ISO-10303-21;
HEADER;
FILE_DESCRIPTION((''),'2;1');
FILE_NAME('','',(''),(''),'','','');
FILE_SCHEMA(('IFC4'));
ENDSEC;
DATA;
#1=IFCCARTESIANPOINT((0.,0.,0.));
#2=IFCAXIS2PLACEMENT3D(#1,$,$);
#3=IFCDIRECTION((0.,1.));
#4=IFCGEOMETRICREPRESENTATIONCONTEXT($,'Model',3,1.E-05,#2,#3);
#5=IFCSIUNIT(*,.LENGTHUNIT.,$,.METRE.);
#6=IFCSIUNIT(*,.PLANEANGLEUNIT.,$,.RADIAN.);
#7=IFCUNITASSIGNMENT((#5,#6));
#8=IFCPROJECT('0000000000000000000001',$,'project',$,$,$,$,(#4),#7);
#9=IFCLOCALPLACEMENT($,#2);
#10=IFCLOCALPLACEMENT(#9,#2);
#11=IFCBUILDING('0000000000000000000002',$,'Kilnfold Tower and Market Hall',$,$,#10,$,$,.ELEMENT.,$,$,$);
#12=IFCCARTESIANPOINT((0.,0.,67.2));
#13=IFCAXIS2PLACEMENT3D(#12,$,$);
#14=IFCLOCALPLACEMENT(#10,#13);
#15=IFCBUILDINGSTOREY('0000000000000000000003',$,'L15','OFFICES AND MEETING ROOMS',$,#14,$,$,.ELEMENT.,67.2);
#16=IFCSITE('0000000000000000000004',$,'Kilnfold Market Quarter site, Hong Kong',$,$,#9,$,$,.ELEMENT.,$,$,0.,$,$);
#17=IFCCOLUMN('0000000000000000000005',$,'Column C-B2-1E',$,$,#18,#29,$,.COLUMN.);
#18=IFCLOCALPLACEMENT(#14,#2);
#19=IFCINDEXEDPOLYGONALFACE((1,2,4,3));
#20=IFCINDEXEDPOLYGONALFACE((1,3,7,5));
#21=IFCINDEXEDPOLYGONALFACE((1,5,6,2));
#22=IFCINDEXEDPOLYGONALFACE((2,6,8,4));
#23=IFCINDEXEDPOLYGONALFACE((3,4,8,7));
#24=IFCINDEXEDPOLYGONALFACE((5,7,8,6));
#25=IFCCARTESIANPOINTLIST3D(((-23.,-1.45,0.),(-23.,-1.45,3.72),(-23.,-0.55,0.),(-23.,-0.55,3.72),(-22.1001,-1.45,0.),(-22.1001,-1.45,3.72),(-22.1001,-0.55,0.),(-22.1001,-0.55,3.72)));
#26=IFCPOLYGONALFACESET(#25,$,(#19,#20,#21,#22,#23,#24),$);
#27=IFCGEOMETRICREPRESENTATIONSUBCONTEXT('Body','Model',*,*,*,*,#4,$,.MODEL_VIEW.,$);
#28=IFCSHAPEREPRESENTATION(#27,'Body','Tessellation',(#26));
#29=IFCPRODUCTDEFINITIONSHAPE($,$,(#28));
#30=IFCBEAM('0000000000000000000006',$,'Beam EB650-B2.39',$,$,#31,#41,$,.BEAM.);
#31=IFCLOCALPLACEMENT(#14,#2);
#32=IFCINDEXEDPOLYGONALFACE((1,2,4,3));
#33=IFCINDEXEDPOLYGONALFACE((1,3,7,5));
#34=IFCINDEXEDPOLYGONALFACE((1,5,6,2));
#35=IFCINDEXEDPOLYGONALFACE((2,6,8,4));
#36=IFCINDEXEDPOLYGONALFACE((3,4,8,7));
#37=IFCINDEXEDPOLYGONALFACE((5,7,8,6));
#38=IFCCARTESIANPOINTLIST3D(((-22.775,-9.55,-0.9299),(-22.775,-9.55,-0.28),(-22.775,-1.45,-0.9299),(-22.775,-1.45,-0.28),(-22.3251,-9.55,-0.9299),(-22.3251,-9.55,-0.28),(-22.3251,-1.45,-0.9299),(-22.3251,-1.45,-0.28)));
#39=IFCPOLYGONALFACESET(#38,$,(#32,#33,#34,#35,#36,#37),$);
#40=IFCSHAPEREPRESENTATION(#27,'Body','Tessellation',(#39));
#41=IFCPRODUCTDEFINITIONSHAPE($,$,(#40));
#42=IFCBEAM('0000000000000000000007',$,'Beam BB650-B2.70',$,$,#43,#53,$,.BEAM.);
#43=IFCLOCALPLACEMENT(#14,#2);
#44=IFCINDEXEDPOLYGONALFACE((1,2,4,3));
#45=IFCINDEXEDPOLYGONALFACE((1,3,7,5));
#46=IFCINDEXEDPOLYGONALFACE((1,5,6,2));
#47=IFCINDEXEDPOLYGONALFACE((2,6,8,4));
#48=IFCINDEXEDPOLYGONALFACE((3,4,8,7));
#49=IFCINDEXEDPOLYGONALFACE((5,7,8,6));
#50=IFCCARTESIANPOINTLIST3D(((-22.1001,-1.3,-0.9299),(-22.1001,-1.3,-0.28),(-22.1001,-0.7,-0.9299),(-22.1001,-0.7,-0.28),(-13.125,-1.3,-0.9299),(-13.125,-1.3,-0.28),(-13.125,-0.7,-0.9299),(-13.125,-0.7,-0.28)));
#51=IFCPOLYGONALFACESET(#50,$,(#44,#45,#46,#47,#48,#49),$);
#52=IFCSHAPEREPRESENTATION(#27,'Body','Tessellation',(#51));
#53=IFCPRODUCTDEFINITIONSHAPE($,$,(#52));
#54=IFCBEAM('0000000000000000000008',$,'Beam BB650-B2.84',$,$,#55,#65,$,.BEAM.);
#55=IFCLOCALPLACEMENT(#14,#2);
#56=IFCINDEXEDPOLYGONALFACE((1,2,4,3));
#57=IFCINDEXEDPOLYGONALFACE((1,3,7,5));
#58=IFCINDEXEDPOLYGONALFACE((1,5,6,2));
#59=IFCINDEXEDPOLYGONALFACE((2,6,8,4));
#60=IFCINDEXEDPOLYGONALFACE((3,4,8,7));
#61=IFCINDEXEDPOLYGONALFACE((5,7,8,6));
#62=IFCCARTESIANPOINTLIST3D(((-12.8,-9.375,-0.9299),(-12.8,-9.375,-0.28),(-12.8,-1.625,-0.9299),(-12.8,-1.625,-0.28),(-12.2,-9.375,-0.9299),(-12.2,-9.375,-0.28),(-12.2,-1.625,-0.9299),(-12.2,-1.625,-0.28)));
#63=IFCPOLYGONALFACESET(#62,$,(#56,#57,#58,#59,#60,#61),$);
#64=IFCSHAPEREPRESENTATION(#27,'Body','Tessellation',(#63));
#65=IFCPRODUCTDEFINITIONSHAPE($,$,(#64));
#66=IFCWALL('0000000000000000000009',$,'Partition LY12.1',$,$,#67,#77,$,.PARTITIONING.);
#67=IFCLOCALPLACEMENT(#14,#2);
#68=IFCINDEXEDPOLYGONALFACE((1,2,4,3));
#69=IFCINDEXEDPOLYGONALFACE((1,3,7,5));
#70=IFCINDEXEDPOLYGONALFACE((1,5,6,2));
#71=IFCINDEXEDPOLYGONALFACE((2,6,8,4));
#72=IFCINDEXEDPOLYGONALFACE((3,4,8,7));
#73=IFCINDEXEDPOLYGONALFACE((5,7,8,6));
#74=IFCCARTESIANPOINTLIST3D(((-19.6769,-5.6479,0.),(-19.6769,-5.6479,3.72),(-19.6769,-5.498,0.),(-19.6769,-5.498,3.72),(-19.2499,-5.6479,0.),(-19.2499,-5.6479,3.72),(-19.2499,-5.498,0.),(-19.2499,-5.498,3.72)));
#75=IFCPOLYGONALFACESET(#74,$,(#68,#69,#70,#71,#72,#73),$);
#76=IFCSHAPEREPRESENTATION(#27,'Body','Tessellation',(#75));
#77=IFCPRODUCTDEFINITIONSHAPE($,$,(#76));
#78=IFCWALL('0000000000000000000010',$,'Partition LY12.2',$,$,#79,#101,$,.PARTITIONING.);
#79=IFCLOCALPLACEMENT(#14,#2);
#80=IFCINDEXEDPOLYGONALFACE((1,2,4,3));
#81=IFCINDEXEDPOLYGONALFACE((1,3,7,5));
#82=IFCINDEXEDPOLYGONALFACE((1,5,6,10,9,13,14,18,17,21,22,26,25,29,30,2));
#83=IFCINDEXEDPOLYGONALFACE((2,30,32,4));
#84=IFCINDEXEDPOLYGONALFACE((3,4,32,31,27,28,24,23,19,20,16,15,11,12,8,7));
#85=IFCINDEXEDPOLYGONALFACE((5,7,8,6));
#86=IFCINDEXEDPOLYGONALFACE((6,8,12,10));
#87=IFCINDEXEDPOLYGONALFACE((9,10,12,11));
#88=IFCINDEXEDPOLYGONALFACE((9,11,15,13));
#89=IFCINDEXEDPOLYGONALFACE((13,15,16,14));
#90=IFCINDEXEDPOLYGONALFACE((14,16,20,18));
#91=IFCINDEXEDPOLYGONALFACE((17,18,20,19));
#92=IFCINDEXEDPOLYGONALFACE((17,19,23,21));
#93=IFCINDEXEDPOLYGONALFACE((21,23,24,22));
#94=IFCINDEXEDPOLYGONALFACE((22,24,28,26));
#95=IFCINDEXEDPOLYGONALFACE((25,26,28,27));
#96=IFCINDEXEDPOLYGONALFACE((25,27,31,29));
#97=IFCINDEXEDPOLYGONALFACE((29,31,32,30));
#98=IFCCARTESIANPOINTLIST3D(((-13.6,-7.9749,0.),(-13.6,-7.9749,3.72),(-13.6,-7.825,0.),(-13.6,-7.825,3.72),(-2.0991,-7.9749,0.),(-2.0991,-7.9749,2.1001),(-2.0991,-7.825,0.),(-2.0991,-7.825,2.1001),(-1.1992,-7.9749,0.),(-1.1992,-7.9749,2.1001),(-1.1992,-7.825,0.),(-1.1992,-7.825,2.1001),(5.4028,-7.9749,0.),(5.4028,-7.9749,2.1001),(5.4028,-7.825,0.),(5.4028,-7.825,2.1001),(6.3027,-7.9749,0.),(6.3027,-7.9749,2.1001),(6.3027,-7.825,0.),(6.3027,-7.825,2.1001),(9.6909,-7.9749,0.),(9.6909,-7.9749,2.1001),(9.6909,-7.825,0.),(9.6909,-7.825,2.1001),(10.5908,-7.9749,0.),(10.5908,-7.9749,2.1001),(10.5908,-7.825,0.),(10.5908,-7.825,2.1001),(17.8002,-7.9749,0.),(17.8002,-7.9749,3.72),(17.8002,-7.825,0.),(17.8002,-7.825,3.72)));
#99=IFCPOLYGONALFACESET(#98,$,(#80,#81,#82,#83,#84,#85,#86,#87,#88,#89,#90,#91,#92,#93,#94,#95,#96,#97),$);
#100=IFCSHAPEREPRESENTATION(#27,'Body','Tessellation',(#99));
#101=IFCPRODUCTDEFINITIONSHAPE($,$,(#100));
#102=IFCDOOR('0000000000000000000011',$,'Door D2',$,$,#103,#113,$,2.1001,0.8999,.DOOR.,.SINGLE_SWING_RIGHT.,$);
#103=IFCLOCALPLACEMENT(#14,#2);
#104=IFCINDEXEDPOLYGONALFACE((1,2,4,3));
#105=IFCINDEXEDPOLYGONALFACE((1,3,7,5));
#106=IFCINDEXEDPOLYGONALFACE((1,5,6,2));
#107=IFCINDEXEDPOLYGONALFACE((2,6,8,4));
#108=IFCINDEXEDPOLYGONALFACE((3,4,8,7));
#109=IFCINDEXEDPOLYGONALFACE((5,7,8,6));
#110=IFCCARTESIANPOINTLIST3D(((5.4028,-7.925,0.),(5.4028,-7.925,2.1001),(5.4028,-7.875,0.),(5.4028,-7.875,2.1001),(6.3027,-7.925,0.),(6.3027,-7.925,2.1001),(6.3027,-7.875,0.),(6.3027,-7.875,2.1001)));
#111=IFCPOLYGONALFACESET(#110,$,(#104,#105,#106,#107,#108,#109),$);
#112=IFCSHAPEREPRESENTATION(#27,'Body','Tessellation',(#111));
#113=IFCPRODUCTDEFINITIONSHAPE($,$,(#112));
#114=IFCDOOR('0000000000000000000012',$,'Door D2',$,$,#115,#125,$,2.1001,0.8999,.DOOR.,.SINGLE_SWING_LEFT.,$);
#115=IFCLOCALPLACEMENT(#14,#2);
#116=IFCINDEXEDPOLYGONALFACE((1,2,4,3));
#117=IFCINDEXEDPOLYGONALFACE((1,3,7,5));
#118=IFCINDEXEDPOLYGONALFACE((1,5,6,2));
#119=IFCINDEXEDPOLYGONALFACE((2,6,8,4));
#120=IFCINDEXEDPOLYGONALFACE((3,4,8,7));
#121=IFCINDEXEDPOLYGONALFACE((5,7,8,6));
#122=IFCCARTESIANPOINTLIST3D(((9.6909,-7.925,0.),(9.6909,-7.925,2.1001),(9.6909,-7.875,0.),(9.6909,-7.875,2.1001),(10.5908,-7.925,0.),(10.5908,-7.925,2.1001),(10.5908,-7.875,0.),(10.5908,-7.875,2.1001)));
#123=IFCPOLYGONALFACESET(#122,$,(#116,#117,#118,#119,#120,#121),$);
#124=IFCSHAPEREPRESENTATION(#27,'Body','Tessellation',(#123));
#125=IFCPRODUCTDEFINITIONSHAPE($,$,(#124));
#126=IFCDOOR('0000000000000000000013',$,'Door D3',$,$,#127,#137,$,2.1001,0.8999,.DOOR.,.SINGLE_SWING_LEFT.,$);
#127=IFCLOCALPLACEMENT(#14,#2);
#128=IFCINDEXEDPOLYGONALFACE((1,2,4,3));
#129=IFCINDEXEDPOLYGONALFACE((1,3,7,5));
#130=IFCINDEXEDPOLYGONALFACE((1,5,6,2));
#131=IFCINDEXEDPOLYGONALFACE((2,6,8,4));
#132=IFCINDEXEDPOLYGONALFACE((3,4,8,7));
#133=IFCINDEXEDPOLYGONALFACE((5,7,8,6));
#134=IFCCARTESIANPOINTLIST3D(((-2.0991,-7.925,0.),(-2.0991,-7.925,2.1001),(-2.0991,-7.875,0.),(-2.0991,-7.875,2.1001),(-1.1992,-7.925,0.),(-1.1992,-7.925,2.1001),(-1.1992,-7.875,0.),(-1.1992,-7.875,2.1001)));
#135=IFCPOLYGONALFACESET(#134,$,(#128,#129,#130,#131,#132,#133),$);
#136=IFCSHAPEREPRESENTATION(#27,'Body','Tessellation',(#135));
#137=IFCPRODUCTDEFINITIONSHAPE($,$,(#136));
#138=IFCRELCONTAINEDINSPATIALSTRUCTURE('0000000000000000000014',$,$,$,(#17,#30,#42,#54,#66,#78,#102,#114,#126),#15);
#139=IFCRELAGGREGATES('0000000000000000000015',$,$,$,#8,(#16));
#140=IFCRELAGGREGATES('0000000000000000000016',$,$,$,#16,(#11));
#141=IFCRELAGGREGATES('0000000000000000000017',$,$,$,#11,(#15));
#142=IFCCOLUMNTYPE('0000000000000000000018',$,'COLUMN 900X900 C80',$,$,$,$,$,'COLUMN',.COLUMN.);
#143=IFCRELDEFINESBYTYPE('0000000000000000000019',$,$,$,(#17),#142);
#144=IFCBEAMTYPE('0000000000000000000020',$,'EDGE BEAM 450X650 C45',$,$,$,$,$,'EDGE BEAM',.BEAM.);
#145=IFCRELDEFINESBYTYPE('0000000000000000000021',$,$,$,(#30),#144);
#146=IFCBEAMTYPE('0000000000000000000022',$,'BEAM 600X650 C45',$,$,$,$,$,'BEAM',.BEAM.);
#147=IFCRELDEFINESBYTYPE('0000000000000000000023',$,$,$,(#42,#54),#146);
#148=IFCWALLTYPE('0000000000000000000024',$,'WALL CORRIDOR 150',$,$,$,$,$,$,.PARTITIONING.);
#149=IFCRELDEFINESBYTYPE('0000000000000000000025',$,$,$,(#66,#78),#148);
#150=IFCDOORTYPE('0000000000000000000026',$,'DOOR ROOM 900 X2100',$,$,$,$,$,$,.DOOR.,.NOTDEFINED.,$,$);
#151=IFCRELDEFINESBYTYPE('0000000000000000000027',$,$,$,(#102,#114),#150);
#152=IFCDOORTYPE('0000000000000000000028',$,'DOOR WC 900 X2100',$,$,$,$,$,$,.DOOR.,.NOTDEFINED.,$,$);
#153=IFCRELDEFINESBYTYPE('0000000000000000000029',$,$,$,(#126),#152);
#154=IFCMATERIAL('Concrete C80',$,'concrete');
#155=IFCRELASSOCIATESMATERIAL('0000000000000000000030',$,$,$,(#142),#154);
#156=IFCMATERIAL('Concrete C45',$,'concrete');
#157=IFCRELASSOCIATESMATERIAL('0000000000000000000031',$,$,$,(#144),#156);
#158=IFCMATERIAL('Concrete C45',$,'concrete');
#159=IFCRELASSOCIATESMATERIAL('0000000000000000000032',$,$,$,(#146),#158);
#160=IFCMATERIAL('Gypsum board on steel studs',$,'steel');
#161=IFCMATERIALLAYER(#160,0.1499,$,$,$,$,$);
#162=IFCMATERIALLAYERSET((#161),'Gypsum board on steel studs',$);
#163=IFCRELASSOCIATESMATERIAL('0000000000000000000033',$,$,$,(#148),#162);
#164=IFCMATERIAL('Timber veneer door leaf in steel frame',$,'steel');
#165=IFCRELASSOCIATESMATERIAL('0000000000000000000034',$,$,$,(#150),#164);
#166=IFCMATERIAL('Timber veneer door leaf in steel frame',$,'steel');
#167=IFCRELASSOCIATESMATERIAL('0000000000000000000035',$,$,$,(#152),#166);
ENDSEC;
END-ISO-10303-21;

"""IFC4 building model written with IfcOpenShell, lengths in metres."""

from ifc_helpers import new_model, si_unit, direction, frame, frame_2d, origin, origin_2d, place, context, subcontext, project, spatial, rectangle, extrude, source, transform, mapped, material, layer, layer_set, material_profile, profile_set, type_object, element, fill, save


model = new_model("IFC4")

# Units and contexts
model_context = context("Model", 3, precision=1e-05, world=origin(), true_north=direction((0.0, 1.0)))
body_context = subcontext(model_context, "Body", "Model", "MODEL_VIEW")
ifc_project = project(units=[si_unit("LENGTHUNIT", "METRE"), si_unit("PLANEANGLEUNIT", "RADIAN")], contexts=[model_context])

# Site, building, storey
site_placement = place(None, origin())
site = spatial("IfcSite", under=ifc_project, at=site_placement, Name="Kilnfold Market Quarter site, Hong Kong", CompositionType="ELEMENT", RefElevation=0.0)
building_placement = place(site_placement, origin())
building = spatial("IfcBuilding", under=site, at=building_placement, Name="Kilnfold Tower and Market Hall", CompositionType="ELEMENT")
storey_placement = place(building_placement, frame((0.0, 0.0, 67.2)))
storey = spatial("IfcBuildingStorey", under=building, at=storey_placement, Name="L15", Description="OFFICES AND MEETING ROOMS", CompositionType="ELEMENT", Elevation=67.2)

# Column
ifc_material_1 = material(Name="Concrete C80", Category="concrete")
ifc_material_profile_1 = material_profile(ifc_material_1, rectangle(XDim=0.8999, YDim=0.8999, at=origin_2d()), Name="RC 900x900")
ifc_profile_set_1 = profile_set([ifc_material_profile_1], Name="Concrete C80")
column_type = type_object("IfcColumnType", Name="COLUMN 900X900 C80", ElementType="COLUMN", PredefinedType="COLUMN", material=ifc_profile_set_1)
shared_shape_1 = source(origin(), body_context, "Body", "SweptSolid", [
    extrude(rectangle(XDim=0.8999, YDim=0.8999, at=origin_2d()), origin(), (0.0, 0.0, 1.0), 3.72),
])
column_placement = place(storey_placement, frame((-22.55, -1.0, 0.0), z_axis=(0.0, 0.0, 1.0), x_axis=(1.0, 0.0, 0.0)))
element("IfcColumn", 1, at=column_placement, inside=storey, type_object=column_type, Name="Column C-B2-1E", PredefinedType="COLUMN", context=body_context, shape_type="MappedRepresentation", body=[
    mapped(shared_shape_1, transform((0.0, 0.0, 0.0))),
])

# Beams
ifc_material_2 = material(Name="Concrete C45", Category="concrete")
ifc_material_profile_2 = material_profile(ifc_material_2, rectangle(XDim=0.45, YDim=0.6499, at=origin_2d()), Name="RC 450x650")
ifc_profile_set_2 = profile_set([ifc_material_profile_2], Name="Concrete C45")
beam_type_1 = type_object("IfcBeamType", Name="EDGE BEAM 450X650 C45", ElementType="EDGE BEAM", PredefinedType="BEAM", material=ifc_profile_set_2)
shared_shape_2 = source(origin(), body_context, "Body", "SweptSolid", [
    extrude(rectangle(XDim=0.45, YDim=0.6499, at=origin_2d()), origin(), (0.0, 0.0, 1.0), 8.1001),
])
beam_1_placement = place(storey_placement, frame((-22.55, -9.55, -0.605), z_axis=(0.0, 1.0, 0.0), x_axis=(-1.0, 0.0, 0.0)))
element("IfcBeam", 2, at=beam_1_placement, inside=storey, type_object=beam_type_1, Name="Beam EB650-B2.39", PredefinedType="BEAM", context=body_context, shape_type="MappedRepresentation", body=[
    mapped(shared_shape_2, transform((0.0, 0.0, 0.0))),
])
ifc_material_3 = material(Name="Concrete C45", Category="concrete")
ifc_material_profile_3 = material_profile(ifc_material_3, rectangle(XDim=0.6001, YDim=0.6499, at=origin_2d()), Name="RC 600x650")
ifc_profile_set_3 = profile_set([ifc_material_profile_3], Name="Concrete C45")
beam_type_2 = type_object("IfcBeamType", Name="BEAM 600X650 C45", ElementType="BEAM", PredefinedType="BEAM", material=ifc_profile_set_3)
shared_shape_3 = source(origin(), body_context, "Body", "SweptSolid", [
    extrude(rectangle(XDim=0.6001, YDim=0.6499, at=origin_2d()), origin(), (0.0, 0.0, 1.0), 8.9751),
])
beam_2_placement = place(storey_placement, frame((-22.1001, -1.0, -0.605), z_axis=(1.0, 0.0, 0.0), x_axis=(0.0, 1.0, 0.0)))
element("IfcBeam", 3, at=beam_2_placement, inside=storey, type_object=beam_type_2, Name="Beam BB650-B2.70", PredefinedType="BEAM", context=body_context, shape_type="MappedRepresentation", body=[
    mapped(shared_shape_3, transform((0.0, 0.0, 0.0))),
])
shared_shape_4 = source(origin(), body_context, "Body", "SweptSolid", [
    extrude(rectangle(XDim=0.6001, YDim=0.6499, at=origin_2d()), origin(), (0.0, 0.0, 1.0), 7.75),
])
beam_3_placement = place(storey_placement, frame((-12.5, -9.375, -0.605), z_axis=(0.0, 1.0, 0.0), x_axis=(-1.0, 0.0, 0.0)))
element("IfcBeam", 4, at=beam_3_placement, inside=storey, type_object=beam_type_2, Name="Beam BB650-B2.84", PredefinedType="BEAM", context=body_context, shape_type="MappedRepresentation", body=[
    mapped(shared_shape_4, transform((0.0, 0.0, 0.0))),
])

# Wall
ifc_material_4 = material(Name="Gypsum board on steel studs", Category="steel")
ifc_layer_1 = layer(ifc_material_4, 0.1499)
ifc_layer_set_1 = layer_set([ifc_layer_1], Name="Gypsum board on steel studs")
wall_type_1 = type_object("IfcWallType", Name="WALL CORRIDOR 150", PredefinedType="PARTITIONING", material=ifc_layer_set_1)
wall_1_placement = place(storey_placement, frame((-19.25, -5.573, 0.0), z_axis=(0.0, 0.0, 1.0), x_axis=(-1.0, 0.0, 0.0)))
element("IfcWall", 5, at=wall_1_placement, inside=storey, type_object=wall_type_1, Name="Partition LY12.1", PredefinedType="PARTITIONING", context=body_context, shape_type="SweptSolid", body=[
    extrude(rectangle(XDim=0.427, YDim=0.1499, at=frame_2d((0.2134, 0.0))), origin(), (0.0, 0.0, 1.0), 3.72),
])

# Wall, openings, doors
wall_2_placement = place(storey_placement, frame((-13.6001, -7.8999, 0.0), z_axis=(0.0, 0.0, 1.0), x_axis=(1.0, 0.0, 0.0)))
wall_2 = element("IfcWall", 6, at=wall_2_placement, inside=storey, type_object=wall_type_1, Name="Partition LY12.2", PredefinedType="PARTITIONING", context=body_context, shape_type="SweptSolid", body=[
    extrude(rectangle(XDim=31.4001, YDim=0.1499, at=frame_2d((15.7002, 0.0))), origin(), (0.0, 0.0, 1.0), 3.72),
])
opening_1_placement = place(wall_2_placement, frame((11.501, 0.0, 0.0)))
opening_1 = element("IfcOpeningElement", 7, at=opening_1_placement, cuts=wall_2, PredefinedType="OPENING", context=body_context, shape_type="SweptSolid", body=[
    extrude(rectangle(XDim=0.8999, YDim=2.1001, at=frame_2d((0.45, 1.05))), frame((0.0, 0.085, 0.0), z_axis=(0.0, -1.0, 0.0), x_axis=(1.0, 0.0, 0.0)), (0.0, 0.0, 1.0), 0.1699),
])
opening_2_placement = place(wall_2_placement, frame((19.0029, 0.0, 0.0)))
opening_2 = element("IfcOpeningElement", 8, at=opening_2_placement, cuts=wall_2, PredefinedType="OPENING", context=body_context, shape_type="SweptSolid", body=[
    extrude(rectangle(XDim=0.8999, YDim=2.1001, at=frame_2d((0.45, 1.05))), frame((0.0, 0.085, 0.0), z_axis=(0.0, -1.0, 0.0), x_axis=(1.0, 0.0, 0.0)), (0.0, 0.0, 1.0), 0.1699),
])
opening_3_placement = place(wall_2_placement, frame((23.291, 0.0, 0.0)))
opening_3 = element("IfcOpeningElement", 9, at=opening_3_placement, cuts=wall_2, PredefinedType="OPENING", context=body_context, shape_type="SweptSolid", body=[
    extrude(rectangle(XDim=0.8999, YDim=2.1001, at=frame_2d((0.45, 1.05))), frame((0.0, 0.085, 0.0), z_axis=(0.0, -1.0, 0.0), x_axis=(1.0, 0.0, 0.0)), (0.0, 0.0, 1.0), 0.1699),
])
ifc_material_5 = material(Name="Timber veneer door leaf in steel frame", Category="steel")
door_type_1 = type_object("IfcDoorType", Name="DOOR ROOM 900 X2100", OperationType="NOTDEFINED", PredefinedType="DOOR", material=ifc_material_5)
door_1_placement = place(opening_2_placement, origin())
door_1 = element("IfcDoor", 10, at=door_1_placement, inside=storey, type_object=door_type_1, Name="Door D2", OperationType="SINGLE_SWING_RIGHT", OverallHeight=2.1001, OverallWidth=0.8999, PredefinedType="DOOR", context=body_context, shape_type="SweptSolid", body=[
    extrude(rectangle(XDim=0.8999, YDim=2.1001, at=frame_2d((0.45, 1.05))), frame((0.0, 0.0249, 0.0), z_axis=(0.0, -1.0, 0.0), x_axis=(1.0, 0.0, 0.0)), (0.0, 0.0, 1.0), 0.05),
])
fill(opening_2, door_1)
door_2_placement = place(opening_3_placement, origin())
door_2 = element("IfcDoor", 11, at=door_2_placement, inside=storey, type_object=door_type_1, Name="Door D2", OperationType="SINGLE_SWING_LEFT", OverallHeight=2.1001, OverallWidth=0.8999, PredefinedType="DOOR", context=body_context, shape_type="SweptSolid", body=[
    extrude(rectangle(XDim=0.8999, YDim=2.1001, at=frame_2d((0.45, 1.05))), frame((0.0, 0.0249, 0.0), z_axis=(0.0, -1.0, 0.0), x_axis=(1.0, 0.0, 0.0)), (0.0, 0.0, 1.0), 0.05),
])
fill(opening_3, door_2)
ifc_material_6 = material(Name="Timber veneer door leaf in steel frame", Category="steel")
door_type_2 = type_object("IfcDoorType", Name="DOOR WC 900 X2100", OperationType="NOTDEFINED", PredefinedType="DOOR", material=ifc_material_6)
door_3_placement = place(opening_1_placement, origin())
door_3 = element("IfcDoor", 12, at=door_3_placement, inside=storey, type_object=door_type_2, Name="Door D3", OperationType="SINGLE_SWING_LEFT", OverallHeight=2.1001, OverallWidth=0.8999, PredefinedType="DOOR", context=body_context, shape_type="SweptSolid", body=[
    extrude(rectangle(XDim=0.8999, YDim=2.1001, at=frame_2d((0.45, 1.05))), frame((0.0, 0.0249, 0.0), z_axis=(0.0, -1.0, 0.0), x_axis=(1.0, 0.0, 0.0)), (0.0, 0.0, 1.0), 0.05),
])
fill(opening_1, door_3)

save(model, "model.ifc")
